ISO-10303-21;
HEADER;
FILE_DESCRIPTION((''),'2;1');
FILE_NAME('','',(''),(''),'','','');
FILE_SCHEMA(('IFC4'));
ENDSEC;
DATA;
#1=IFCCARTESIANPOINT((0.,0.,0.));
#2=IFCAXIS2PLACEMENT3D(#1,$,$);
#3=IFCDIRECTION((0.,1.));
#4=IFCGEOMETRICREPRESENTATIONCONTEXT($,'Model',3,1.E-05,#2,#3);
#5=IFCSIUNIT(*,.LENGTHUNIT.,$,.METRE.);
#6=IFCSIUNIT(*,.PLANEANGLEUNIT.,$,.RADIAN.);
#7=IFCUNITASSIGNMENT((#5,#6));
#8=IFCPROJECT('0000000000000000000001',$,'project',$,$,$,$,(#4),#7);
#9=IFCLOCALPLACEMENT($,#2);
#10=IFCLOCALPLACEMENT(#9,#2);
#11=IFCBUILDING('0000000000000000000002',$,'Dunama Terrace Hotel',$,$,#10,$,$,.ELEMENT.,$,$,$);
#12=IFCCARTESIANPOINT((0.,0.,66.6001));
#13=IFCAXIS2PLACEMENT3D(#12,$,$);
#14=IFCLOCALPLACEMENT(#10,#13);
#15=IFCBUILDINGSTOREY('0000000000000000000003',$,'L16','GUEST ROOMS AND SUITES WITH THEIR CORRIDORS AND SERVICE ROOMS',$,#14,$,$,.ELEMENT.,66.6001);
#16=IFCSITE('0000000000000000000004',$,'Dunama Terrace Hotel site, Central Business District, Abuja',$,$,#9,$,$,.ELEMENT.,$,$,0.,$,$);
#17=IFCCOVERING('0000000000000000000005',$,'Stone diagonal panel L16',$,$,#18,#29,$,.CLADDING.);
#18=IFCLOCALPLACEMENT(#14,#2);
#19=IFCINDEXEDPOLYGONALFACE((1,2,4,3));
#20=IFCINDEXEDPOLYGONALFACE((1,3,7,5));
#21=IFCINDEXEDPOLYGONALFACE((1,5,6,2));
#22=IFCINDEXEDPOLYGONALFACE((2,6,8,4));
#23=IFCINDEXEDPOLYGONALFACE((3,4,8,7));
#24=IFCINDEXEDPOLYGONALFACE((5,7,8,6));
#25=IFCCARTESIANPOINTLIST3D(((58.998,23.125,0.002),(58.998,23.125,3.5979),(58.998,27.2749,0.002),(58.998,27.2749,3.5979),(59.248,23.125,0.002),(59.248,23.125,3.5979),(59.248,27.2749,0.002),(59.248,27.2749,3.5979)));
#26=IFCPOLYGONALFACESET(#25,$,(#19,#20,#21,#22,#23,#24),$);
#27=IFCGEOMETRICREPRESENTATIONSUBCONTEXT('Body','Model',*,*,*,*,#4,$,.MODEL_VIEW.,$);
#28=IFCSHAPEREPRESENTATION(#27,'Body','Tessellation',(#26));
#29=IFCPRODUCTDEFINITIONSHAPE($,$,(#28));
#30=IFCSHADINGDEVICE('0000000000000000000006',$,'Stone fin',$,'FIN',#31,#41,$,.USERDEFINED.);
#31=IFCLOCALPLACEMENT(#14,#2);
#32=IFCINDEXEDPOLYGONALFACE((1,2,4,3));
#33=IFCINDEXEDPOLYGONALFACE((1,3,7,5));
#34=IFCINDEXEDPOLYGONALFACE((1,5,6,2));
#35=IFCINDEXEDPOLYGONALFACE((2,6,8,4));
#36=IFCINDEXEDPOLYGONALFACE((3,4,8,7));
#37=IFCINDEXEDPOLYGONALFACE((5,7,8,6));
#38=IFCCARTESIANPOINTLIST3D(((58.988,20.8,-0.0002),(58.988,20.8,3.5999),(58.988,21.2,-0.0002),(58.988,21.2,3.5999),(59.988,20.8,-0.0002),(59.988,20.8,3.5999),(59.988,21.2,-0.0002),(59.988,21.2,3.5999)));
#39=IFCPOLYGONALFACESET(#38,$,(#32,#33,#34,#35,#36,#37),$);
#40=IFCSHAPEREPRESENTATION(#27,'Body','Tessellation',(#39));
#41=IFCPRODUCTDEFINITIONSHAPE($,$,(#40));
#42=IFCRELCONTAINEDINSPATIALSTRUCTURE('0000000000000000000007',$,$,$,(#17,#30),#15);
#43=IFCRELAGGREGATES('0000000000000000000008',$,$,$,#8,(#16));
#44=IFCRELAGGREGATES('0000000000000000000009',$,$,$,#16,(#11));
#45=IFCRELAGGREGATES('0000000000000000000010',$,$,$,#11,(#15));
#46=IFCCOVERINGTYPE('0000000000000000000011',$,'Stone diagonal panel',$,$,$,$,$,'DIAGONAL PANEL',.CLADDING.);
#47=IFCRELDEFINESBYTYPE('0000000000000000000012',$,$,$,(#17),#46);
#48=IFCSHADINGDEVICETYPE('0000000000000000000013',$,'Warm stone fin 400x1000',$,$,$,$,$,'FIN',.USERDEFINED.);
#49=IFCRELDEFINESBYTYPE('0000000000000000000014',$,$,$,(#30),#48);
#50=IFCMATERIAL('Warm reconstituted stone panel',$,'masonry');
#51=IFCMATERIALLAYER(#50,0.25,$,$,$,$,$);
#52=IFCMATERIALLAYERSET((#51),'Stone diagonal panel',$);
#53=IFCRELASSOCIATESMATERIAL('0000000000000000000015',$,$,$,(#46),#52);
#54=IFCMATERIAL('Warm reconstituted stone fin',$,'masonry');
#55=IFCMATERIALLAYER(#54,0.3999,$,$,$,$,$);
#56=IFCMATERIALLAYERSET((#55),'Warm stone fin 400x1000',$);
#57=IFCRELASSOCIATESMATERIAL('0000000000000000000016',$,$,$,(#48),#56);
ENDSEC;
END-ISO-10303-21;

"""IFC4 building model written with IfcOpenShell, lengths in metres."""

from ifc_helpers import new_model, si_unit, direction, frame, origin, origin_2d, place, context, subcontext, project, spatial, rectangle, extrude, material, layer, layer_set, type_object, element, save


model = new_model("IFC4")

# Units and contexts
model_context = context("Model", 3, precision=1e-05, world=origin(), true_north=direction((0.0, 1.0)))
body_context = subcontext(model_context, "Body", "Model", "MODEL_VIEW")
ifc_project = project(units=[si_unit("LENGTHUNIT", "METRE"), si_unit("PLANEANGLEUNIT", "RADIAN")], contexts=[model_context])

# Site, building, storey
site_placement = place(None, origin())
site = spatial("IfcSite", under=ifc_project, at=site_placement, Name="Dunama Terrace Hotel site, Central Business District, Abuja", CompositionType="ELEMENT", RefElevation=0.0)
building_placement = place(site_placement, origin())
building = spatial("IfcBuilding", under=site, at=building_placement, Name="Dunama Terrace Hotel", CompositionType="ELEMENT")
storey_placement = place(building_placement, frame((0.0, 0.0, 66.6001)))
storey = spatial("IfcBuildingStorey", under=building, at=storey_placement, Name="L16", Description="GUEST ROOMS AND SUITES WITH THEIR CORRIDORS AND SERVICE ROOMS", CompositionType="ELEMENT", Elevation=66.6001)

# Covering
ifc_material_1 = material(Name="Warm reconstituted stone panel", Category="masonry")
ifc_layer_1 = layer(ifc_material_1, 0.25)
ifc_layer_set_1 = layer_set([ifc_layer_1], Name="Stone diagonal panel")
covering_type = type_object("IfcCoveringType", Name="Stone diagonal panel", ElementType="DIAGONAL PANEL", PredefinedType="CLADDING", material=ifc_layer_set_1)
for number, where, z_axis, x_axis, name in (
    (1, (59.123, 25.2, 0.002), (0.0, 0.0, 1.0), (0.0, 1.0, 0.0), "Stone diagonal panel L16"),
):
    element("IfcCovering", number, at=place(storey_placement, frame(where, z_axis=z_axis, x_axis=x_axis)), inside=storey, type_object=covering_type, Name=name, PredefinedType="CLADDING", context=body_context, shape_type="SweptSolid", body=[
        extrude(rectangle(XDim=4.1499, YDim=0.25, at=origin_2d()), origin(), (0.0, 0.0, 1.0), 3.5959),
    ])

# Shading device
ifc_material_2 = material(Name="Warm reconstituted stone fin", Category="masonry")
ifc_layer_2 = layer(ifc_material_2, 0.3999)
ifc_layer_set_2 = layer_set([ifc_layer_2], Name="Warm stone fin 400x1000")
shading_device_type = type_object("IfcShadingDeviceType", Name="Warm stone fin 400x1000", ElementType="FIN", PredefinedType="USERDEFINED", material=ifc_layer_set_2)
shading_device_placement = place(storey_placement, frame((59.488, 21.0, -0.0002), z_axis=(0.0, 0.0, 1.0), x_axis=(0.0, 1.0, 0.0)))
element("IfcShadingDevice", 2, at=shading_device_placement, inside=storey, type_object=shading_device_type, Name="Stone fin", ObjectType="FIN", PredefinedType="USERDEFINED", context=body_context, shape_type="SweptSolid", body=[
    extrude(rectangle(XDim=0.3999, YDim=1.0, at=origin_2d()), origin(), (0.0, 0.0, 1.0), 3.6001),
])

save(model, "model.ifc")
